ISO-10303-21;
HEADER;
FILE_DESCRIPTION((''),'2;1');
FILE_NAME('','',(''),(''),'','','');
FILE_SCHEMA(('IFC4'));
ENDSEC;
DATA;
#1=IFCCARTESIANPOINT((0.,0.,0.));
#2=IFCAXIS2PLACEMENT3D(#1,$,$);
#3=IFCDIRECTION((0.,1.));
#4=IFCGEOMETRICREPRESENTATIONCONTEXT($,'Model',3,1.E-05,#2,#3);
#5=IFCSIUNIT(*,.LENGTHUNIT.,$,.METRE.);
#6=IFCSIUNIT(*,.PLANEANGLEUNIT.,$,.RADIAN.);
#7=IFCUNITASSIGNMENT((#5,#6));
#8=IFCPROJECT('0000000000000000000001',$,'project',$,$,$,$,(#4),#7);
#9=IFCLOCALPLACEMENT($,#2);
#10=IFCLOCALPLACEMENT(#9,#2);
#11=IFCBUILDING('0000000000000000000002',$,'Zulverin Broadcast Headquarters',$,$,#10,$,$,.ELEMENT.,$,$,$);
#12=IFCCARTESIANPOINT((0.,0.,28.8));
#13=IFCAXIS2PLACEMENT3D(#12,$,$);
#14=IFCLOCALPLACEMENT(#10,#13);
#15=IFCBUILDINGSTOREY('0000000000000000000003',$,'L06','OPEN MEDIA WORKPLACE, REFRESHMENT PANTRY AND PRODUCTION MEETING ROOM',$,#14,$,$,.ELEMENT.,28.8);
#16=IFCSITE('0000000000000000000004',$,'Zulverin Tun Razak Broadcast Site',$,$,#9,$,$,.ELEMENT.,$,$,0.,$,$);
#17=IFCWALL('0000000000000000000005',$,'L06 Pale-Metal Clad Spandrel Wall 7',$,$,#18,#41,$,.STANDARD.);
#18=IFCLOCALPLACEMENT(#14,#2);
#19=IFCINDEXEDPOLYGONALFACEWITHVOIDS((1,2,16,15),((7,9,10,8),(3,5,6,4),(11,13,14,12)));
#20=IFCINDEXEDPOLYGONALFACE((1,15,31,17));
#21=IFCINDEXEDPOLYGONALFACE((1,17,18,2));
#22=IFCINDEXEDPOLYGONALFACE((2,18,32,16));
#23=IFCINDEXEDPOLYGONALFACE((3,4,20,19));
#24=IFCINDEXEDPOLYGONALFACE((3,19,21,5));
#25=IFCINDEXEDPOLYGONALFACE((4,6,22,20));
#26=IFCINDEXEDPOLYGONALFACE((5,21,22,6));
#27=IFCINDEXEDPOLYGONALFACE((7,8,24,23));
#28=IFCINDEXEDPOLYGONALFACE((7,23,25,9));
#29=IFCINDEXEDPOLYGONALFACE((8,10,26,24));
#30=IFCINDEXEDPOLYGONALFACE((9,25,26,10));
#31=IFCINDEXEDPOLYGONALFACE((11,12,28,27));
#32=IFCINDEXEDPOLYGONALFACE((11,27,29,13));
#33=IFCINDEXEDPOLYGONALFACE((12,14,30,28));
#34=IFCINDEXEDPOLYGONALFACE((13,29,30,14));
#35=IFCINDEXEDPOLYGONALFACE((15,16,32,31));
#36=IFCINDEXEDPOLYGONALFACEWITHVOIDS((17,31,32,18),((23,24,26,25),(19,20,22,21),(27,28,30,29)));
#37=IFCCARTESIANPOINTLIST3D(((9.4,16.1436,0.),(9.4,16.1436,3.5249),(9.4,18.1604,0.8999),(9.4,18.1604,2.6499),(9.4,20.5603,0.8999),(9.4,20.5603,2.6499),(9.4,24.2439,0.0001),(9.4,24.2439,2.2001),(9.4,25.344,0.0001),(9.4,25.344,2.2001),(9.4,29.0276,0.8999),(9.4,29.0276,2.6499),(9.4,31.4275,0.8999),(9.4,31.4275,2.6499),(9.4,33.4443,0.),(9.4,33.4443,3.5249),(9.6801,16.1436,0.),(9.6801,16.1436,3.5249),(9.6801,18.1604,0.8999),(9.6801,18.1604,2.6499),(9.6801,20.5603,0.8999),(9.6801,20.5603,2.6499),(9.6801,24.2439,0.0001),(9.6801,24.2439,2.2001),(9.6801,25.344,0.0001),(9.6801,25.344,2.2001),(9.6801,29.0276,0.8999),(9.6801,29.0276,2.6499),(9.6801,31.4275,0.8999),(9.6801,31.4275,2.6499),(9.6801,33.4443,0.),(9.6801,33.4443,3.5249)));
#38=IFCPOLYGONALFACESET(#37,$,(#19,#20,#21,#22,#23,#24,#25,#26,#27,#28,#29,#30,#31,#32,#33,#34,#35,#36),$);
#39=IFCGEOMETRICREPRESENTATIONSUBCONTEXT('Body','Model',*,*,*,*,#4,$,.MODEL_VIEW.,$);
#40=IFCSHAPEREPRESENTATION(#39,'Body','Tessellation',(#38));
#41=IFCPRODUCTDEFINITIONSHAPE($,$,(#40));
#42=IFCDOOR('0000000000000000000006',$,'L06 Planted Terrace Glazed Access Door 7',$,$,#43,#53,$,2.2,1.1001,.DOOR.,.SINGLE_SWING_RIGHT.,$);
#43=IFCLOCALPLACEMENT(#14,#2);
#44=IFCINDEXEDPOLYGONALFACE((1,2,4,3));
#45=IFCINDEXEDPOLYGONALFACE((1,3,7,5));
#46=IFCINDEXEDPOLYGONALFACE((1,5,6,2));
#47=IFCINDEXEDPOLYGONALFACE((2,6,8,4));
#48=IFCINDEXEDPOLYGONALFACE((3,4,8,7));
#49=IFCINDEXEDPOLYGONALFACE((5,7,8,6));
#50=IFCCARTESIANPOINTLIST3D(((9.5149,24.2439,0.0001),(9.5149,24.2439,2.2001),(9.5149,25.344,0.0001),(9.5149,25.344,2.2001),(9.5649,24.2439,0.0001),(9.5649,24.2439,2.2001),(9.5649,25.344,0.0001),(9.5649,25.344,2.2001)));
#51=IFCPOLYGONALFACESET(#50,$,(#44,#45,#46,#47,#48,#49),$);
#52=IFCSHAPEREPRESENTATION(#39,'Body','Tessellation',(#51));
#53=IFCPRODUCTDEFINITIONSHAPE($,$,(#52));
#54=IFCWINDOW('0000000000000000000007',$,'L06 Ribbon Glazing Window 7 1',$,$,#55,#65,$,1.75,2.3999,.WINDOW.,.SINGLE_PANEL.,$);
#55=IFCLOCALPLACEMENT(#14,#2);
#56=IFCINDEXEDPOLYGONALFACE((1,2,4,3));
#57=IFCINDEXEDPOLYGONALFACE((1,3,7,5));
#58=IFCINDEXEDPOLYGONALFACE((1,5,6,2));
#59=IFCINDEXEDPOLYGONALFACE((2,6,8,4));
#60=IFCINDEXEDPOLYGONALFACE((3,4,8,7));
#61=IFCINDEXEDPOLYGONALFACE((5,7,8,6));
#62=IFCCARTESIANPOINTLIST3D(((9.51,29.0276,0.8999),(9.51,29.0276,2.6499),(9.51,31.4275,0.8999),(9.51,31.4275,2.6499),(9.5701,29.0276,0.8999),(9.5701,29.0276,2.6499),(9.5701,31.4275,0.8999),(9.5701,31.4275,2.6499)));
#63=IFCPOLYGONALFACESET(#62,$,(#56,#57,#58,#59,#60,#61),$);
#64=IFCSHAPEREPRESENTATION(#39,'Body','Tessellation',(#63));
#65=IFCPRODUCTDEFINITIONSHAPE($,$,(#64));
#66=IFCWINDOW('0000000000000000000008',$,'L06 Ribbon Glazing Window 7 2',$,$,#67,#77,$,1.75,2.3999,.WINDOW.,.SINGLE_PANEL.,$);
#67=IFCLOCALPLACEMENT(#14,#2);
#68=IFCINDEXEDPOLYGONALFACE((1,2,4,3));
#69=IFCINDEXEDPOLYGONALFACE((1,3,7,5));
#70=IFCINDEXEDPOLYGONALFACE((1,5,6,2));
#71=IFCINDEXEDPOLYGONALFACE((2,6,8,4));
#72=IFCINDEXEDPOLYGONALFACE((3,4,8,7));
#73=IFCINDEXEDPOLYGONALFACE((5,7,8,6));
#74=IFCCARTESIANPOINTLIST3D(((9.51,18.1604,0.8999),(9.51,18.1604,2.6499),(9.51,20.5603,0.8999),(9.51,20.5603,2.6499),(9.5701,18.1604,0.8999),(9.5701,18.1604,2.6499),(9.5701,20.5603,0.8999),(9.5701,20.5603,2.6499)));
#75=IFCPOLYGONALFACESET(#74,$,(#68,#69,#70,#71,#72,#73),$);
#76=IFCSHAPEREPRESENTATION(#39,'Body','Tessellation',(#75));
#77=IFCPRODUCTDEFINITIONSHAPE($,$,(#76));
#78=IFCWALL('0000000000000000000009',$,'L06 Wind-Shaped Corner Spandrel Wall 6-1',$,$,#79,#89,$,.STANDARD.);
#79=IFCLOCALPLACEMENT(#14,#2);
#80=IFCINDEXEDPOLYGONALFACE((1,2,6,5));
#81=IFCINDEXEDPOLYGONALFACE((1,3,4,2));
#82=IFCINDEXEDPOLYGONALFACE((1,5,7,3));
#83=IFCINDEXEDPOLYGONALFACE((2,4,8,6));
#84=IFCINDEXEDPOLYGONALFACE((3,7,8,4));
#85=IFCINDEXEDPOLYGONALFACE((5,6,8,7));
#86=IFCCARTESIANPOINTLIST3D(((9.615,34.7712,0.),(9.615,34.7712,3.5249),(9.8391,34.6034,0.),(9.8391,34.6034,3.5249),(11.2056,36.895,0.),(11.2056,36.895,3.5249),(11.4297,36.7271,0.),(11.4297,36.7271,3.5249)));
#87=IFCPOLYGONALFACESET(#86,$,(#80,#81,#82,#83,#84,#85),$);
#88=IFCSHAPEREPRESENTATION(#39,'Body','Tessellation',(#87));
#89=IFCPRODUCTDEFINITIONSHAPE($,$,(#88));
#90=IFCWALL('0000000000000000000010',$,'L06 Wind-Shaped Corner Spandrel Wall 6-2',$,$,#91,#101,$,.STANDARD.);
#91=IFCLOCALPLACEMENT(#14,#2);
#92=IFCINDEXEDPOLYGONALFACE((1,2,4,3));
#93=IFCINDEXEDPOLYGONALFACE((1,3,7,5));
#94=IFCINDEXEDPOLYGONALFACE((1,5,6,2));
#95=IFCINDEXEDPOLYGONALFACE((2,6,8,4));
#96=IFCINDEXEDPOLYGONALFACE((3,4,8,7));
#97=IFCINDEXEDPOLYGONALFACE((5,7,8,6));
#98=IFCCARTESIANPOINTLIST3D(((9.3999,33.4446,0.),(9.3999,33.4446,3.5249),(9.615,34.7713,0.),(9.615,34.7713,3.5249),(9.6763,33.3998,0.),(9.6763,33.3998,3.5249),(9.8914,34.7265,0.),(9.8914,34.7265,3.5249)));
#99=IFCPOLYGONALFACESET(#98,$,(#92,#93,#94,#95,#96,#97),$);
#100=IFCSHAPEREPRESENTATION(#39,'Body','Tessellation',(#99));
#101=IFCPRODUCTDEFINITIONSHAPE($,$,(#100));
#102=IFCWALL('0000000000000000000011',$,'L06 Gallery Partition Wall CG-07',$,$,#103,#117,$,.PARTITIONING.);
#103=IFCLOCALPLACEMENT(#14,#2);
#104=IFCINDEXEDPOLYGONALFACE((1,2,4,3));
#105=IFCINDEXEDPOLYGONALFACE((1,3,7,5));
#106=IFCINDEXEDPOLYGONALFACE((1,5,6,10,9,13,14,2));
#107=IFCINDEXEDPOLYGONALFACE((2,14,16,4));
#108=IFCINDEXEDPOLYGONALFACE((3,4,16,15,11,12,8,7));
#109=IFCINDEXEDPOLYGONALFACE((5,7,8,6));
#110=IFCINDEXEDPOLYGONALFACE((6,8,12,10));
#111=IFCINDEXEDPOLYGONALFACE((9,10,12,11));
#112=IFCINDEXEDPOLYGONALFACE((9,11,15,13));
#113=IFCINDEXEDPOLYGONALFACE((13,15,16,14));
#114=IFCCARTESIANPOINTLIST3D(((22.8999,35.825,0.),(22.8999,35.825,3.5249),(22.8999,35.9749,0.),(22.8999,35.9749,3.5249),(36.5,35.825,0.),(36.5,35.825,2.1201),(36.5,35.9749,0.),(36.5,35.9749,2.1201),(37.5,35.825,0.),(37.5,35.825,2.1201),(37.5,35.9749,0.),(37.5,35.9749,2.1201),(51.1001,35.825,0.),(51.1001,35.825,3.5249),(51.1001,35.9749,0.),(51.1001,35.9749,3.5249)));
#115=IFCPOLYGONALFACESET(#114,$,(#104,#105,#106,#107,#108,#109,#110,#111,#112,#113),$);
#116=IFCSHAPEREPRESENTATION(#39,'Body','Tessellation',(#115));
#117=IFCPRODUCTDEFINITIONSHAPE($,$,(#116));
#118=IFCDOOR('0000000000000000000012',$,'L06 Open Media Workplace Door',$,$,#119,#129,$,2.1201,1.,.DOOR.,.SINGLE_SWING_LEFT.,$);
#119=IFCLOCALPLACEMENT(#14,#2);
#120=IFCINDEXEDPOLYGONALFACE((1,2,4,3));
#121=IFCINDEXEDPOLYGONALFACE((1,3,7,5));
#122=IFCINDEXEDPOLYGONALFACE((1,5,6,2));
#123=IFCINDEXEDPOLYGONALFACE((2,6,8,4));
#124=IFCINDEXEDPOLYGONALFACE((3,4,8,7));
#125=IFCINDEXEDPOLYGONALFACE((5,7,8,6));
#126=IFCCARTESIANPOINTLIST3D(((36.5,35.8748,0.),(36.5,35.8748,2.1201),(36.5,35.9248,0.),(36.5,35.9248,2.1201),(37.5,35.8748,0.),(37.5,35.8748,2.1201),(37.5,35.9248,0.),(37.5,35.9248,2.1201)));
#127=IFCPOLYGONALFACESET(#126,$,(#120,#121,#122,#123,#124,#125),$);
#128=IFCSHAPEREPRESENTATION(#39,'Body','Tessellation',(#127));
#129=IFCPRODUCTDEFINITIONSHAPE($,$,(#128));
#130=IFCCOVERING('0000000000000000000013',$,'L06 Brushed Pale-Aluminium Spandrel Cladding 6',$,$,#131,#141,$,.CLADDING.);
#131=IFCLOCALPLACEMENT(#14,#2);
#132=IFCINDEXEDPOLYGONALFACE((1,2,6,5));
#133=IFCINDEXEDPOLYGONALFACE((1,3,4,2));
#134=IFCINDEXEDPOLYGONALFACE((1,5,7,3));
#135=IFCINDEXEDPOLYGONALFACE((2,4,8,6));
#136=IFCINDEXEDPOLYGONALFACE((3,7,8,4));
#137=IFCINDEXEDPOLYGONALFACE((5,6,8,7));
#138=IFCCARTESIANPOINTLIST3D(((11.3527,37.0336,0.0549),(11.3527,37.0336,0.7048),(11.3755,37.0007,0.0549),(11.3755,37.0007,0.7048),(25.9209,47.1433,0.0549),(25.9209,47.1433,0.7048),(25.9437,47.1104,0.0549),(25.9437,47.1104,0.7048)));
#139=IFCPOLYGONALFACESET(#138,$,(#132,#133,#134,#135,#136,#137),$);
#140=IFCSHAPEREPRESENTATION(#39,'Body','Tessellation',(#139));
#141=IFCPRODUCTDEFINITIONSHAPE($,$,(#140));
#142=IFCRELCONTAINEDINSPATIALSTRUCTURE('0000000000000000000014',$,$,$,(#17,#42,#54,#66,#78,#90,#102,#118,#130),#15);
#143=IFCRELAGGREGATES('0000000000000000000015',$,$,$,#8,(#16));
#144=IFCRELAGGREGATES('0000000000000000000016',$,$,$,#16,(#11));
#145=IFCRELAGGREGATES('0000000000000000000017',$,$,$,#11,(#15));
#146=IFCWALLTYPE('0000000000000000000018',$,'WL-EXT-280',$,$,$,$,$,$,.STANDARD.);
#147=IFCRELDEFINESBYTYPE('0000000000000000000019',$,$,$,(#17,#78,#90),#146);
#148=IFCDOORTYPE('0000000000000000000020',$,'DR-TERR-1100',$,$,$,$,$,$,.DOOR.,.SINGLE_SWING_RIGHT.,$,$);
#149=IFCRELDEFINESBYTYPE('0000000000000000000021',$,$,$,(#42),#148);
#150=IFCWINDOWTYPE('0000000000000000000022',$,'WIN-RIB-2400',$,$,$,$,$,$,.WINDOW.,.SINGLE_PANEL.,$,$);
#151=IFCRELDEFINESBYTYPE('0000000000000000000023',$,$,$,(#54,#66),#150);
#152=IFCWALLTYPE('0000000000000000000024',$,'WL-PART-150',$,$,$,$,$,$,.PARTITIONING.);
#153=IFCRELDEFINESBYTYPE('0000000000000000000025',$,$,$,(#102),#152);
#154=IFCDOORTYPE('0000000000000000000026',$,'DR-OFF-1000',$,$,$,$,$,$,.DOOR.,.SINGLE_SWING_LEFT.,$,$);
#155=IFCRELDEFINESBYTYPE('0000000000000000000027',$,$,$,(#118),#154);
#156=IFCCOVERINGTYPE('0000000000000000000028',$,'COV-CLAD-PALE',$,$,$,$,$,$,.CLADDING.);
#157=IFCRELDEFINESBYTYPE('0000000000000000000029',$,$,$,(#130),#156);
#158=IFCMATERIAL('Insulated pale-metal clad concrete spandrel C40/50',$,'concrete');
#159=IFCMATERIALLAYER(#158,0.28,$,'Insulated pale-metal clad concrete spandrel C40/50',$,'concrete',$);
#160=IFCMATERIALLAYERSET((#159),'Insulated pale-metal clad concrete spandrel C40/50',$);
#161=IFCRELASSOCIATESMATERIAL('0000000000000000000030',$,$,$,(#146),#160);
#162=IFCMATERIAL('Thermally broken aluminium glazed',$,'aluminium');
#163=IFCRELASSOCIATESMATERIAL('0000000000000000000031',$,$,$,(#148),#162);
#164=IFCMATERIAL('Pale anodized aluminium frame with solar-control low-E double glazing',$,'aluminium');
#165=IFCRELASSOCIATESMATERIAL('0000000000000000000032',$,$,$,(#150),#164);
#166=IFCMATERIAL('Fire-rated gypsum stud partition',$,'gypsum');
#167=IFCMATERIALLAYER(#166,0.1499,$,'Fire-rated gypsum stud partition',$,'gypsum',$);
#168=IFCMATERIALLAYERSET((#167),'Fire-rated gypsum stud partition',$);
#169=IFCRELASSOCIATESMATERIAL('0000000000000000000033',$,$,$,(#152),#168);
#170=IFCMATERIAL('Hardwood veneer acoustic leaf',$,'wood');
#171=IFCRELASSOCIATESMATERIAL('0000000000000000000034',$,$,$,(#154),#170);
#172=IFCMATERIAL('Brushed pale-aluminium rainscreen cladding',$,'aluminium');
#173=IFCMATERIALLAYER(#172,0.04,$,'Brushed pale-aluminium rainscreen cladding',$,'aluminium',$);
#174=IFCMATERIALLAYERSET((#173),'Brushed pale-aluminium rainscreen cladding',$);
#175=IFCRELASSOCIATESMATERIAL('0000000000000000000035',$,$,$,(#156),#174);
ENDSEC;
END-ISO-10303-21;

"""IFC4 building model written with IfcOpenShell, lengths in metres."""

from ifc_helpers import new_model, si_unit, direction, frame, frame_2d, origin, origin_2d, place, context, subcontext, project, spatial, rectangle, extrude, material, layer, layer_set, type_object, element, fill, save


model = new_model("IFC4")

# Units and contexts
model_context = context("Model", 3, precision=1e-05, world=origin(), true_north=direction((0.0, 1.0)))
body_context = subcontext(model_context, "Body", "Model", "MODEL_VIEW")
ifc_project = project(units=[si_unit("LENGTHUNIT", "METRE"), si_unit("PLANEANGLEUNIT", "RADIAN")], contexts=[model_context])

# Site, building, storey
site_placement = place(None, origin())
site = spatial("IfcSite", under=ifc_project, at=site_placement, Name="Zulverin Tun Razak Broadcast Site", CompositionType="ELEMENT", RefElevation=0.0)
building_placement = place(site_placement, origin())
building = spatial("IfcBuilding", under=site, at=building_placement, Name="Zulverin Broadcast Headquarters", CompositionType="ELEMENT")
storey_placement = place(building_placement, frame((0.0, 0.0, 28.8)))
storey = spatial("IfcBuildingStorey", under=building, at=storey_placement, Name="L06", Description="OPEN MEDIA WORKPLACE, REFRESHMENT PANTRY AND PRODUCTION MEETING ROOM", CompositionType="ELEMENT", Elevation=28.8)

# Wall, openings, door, windows
ifc_material_1 = material(Name="Insulated pale-metal clad concrete spandrel C40/50", Category="concrete")
ifc_layer_1 = layer(ifc_material_1, 0.28, Name="Insulated pale-metal clad concrete spandrel C40/50", Category="concrete")
ifc_layer_set_1 = layer_set([ifc_layer_1], Name="Insulated pale-metal clad concrete spandrel C40/50")
wall_type_1 = type_object("IfcWallType", Name="WL-EXT-280", PredefinedType="STANDARD", material=ifc_layer_set_1)
wall_1_placement = place(storey_placement, frame((9.54, 33.4443, 0.0), z_axis=(0.0, 0.0, 1.0), x_axis=(0.0, -1.0, 0.0)))
wall_1 = element("IfcWall", 1, at=wall_1_placement, inside=storey, type_object=wall_type_1, Name="L06 Pale-Metal Clad Spandrel Wall 7", PredefinedType="STANDARD", context=body_context, shape_type="SweptSolid", body=[
    extrude(rectangle(XDim=17.3008, YDim=0.28, at=frame_2d((8.6504, 0.0))), origin(), (0.0, 0.0, 1.0), 3.5249),
])
opening_1_placement = place(wall_1_placement, frame((8.1003, 0.0, 0.0)))
opening_1 = element("IfcOpeningElement", 2, at=opening_1_placement, cuts=wall_1, PredefinedType="OPENING", context=body_context, shape_type="SweptSolid", body=[
    extrude(rectangle(XDim=1.1001, YDim=2.2, at=frame_2d((0.55, 1.1001))), frame((0.0, 0.1499, 0.0), z_axis=(0.0, -1.0, 0.0), x_axis=(1.0, 0.0, 0.0)), (0.0, 0.0, 1.0), 0.3),
])
opening_2_placement = place(wall_1_placement, frame((2.0168, 0.0, 0.8999)))
opening_2 = element("IfcOpeningElement", 3, at=opening_2_placement, cuts=wall_1, PredefinedType="OPENING", context=body_context, shape_type="SweptSolid", body=[
    extrude(rectangle(XDim=2.3999, YDim=1.75, at=frame_2d((1.2, 0.875))), frame((0.0, 0.1499, 0.0), z_axis=(0.0, -1.0, 0.0), x_axis=(1.0, 0.0, 0.0)), (0.0, 0.0, 1.0), 0.3),
])
opening_3_placement = place(wall_1_placement, frame((12.884, 0.0, 0.8999)))
opening_3 = element("IfcOpeningElement", 4, at=opening_3_placement, cuts=wall_1, PredefinedType="OPENING", context=body_context, shape_type="SweptSolid", body=[
    extrude(rectangle(XDim=2.3999, YDim=1.75, at=frame_2d((1.2, 0.875))), frame((0.0, 0.1499, 0.0), z_axis=(0.0, -1.0, 0.0), x_axis=(1.0, 0.0, 0.0)), (0.0, 0.0, 1.0), 0.3),
])
ifc_material_2 = material(Name="Thermally broken aluminium glazed", Category="aluminium")
door_type_1 = type_object("IfcDoorType", Name="DR-TERR-1100", OperationType="SINGLE_SWING_RIGHT", PredefinedType="DOOR", material=ifc_material_2)
door_1_placement = place(opening_1_placement, origin())
door_1 = element("IfcDoor", 5, at=door_1_placement, inside=storey, type_object=door_type_1, Name="L06 Planted Terrace Glazed Access Door 7", OperationType="SINGLE_SWING_RIGHT", OverallHeight=2.2, OverallWidth=1.1001, PredefinedType="DOOR", context=body_context, shape_type="SweptSolid", body=[
    extrude(rectangle(XDim=1.1001, YDim=2.2, at=frame_2d((0.55, 1.1001))), frame((0.0, 0.0249, 0.0), z_axis=(0.0, -1.0, 0.0), x_axis=(1.0, 0.0, 0.0)), (0.0, 0.0, 1.0), 0.05),
])
fill(opening_1, door_1)
ifc_material_3 = material(Name="Pale anodized aluminium frame with solar-control low-E double glazing", Category="aluminium")
window_type = type_object("IfcWindowType", Name="WIN-RIB-2400", PartitioningType="SINGLE_PANEL", PredefinedType="WINDOW", material=ifc_material_3)
window_1_placement = place(opening_2_placement, origin())
window_1 = element("IfcWindow", 6, at=window_1_placement, inside=storey, type_object=window_type, Name="L06 Ribbon Glazing Window 7 1", OverallHeight=1.75, OverallWidth=2.3999, PartitioningType="SINGLE_PANEL", PredefinedType="WINDOW", context=body_context, shape_type="SweptSolid", body=[
    extrude(rectangle(XDim=2.3999, YDim=1.75, at=frame_2d((1.2, 0.875))), frame((0.0, 0.03, 0.0), z_axis=(0.0, -1.0, 0.0), x_axis=(1.0, 0.0, 0.0)), (0.0, 0.0, 1.0), 0.0601),
])
fill(opening_2, window_1)
window_2_placement = place(opening_3_placement, origin())
window_2 = element("IfcWindow", 7, at=window_2_placement, inside=storey, type_object=window_type, Name="L06 Ribbon Glazing Window 7 2", OverallHeight=1.75, OverallWidth=2.3999, PartitioningType="SINGLE_PANEL", PredefinedType="WINDOW", context=body_context, shape_type="SweptSolid", body=[
    extrude(rectangle(XDim=2.3999, YDim=1.75, at=frame_2d((1.2, 0.875))), frame((0.0, 0.03, 0.0), z_axis=(0.0, -1.0, 0.0), x_axis=(1.0, 0.0, 0.0)), (0.0, 0.0, 1.0), 0.0601),
])
fill(opening_3, window_2)

# Walls
wall_2_placement = place(storey_placement, frame((11.3176, 36.811, 0.0), z_axis=(0.0, 0.0, 1.0), x_axis=(-0.599455, -0.800408, 0.0)))
element("IfcWall", 8, at=wall_2_placement, inside=storey, type_object=wall_type_1, Name="L06 Wind-Shaped Corner Spandrel Wall 6-1", PredefinedType="STANDARD", context=body_context, shape_type="SweptSolid", body=[
    extrude(rectangle(XDim=2.6533, YDim=0.28, at=frame_2d((1.3267, 0.0))), origin(), (0.0, 0.0, 1.0), 3.5249),
])
wall_3_placement = place(storey_placement, frame((9.7532, 34.7488, 0.0), z_axis=(0.0, 0.0, 1.0), x_axis=(-0.160038, -0.987111, 0.0)))
element("IfcWall", 9, at=wall_3_placement, inside=storey, type_object=wall_type_1, Name="L06 Wind-Shaped Corner Spandrel Wall 6-2", PredefinedType="STANDARD", context=body_context, shape_type="SweptSolid", body=[
    extrude(rectangle(XDim=1.344, YDim=0.28, at=frame_2d((0.6719, 0.0))), origin(), (0.0, 0.0, 1.0), 3.5249),
])

# Wall, opening, door
ifc_material_4 = material(Name="Fire-rated gypsum stud partition", Category="gypsum")
ifc_layer_2 = layer(ifc_material_4, 0.1499, Name="Fire-rated gypsum stud partition", Category="gypsum")
ifc_layer_set_2 = layer_set([ifc_layer_2], Name="Fire-rated gypsum stud partition")
wall_type_2 = type_object("IfcWallType", Name="WL-PART-150", PredefinedType="PARTITIONING", material=ifc_layer_set_2)
wall_4_placement = place(storey_placement, frame((22.8999, 35.8999, 0.0), z_axis=(0.0, 0.0, 1.0), x_axis=(1.0, 0.0, 0.0)))
wall_4 = element("IfcWall", 10, at=wall_4_placement, inside=storey, type_object=wall_type_2, Name="L06 Gallery Partition Wall CG-07", PredefinedType="PARTITIONING", context=body_context, shape_type="SweptSolid", body=[
    extrude(rectangle(XDim=28.2002, YDim=0.1499, at=frame_2d((14.1001, 0.0))), origin(), (0.0, 0.0, 1.0), 3.5249),
])
opening_4_placement = place(wall_4_placement, frame((13.6001, 0.0, 0.0)))
opening_4 = element("IfcOpeningElement", 11, at=opening_4_placement, cuts=wall_4, PredefinedType="OPENING", context=body_context, shape_type="SweptSolid", body=[
    extrude(rectangle(XDim=1.0, YDim=2.1201, at=frame_2d((0.5, 1.0601))), frame((0.0, 0.085, 0.0), z_axis=(0.0, -1.0, 0.0), x_axis=(1.0, 0.0, 0.0)), (0.0, 0.0, 1.0), 0.1699),
])
ifc_material_5 = material(Name="Hardwood veneer acoustic leaf", Category="wood")
door_type_2 = type_object("IfcDoorType", Name="DR-OFF-1000", OperationType="SINGLE_SWING_LEFT", PredefinedType="DOOR", material=ifc_material_5)
door_2_placement = place(opening_4_placement, origin())
door_2 = element("IfcDoor", 12, at=door_2_placement, inside=storey, type_object=door_type_2, Name="L06 Open Media Workplace Door", OperationType="SINGLE_SWING_LEFT", OverallHeight=2.1201, OverallWidth=1.0, PredefinedType="DOOR", context=body_context, shape_type="SweptSolid", body=[
    extrude(rectangle(XDim=1.0, YDim=2.1201, at=frame_2d((0.5, 1.0601))), frame((0.0, 0.0249, 0.0), z_axis=(0.0, -1.0, 0.0), x_axis=(1.0, 0.0, 0.0)), (0.0, 0.0, 1.0), 0.05),
])
fill(opening_4, door_2)

# Covering
ifc_material_6 = material(Name="Brushed pale-aluminium rainscreen cladding", Category="aluminium")
ifc_layer_3 = layer(ifc_material_6, 0.04, Name="Brushed pale-aluminium rainscreen cladding", Category="aluminium")
ifc_layer_set_3 = layer_set([ifc_layer_3], Name="Brushed pale-aluminium rainscreen cladding")
covering_type = type_object("IfcCoveringType", Name="COV-CLAD-PALE", PredefinedType="CLADDING", material=ifc_layer_set_3)
covering_placement = place(storey_placement, frame((18.6482, 42.072, 0.0549), z_axis=(0.0, 0.0, 1.0), x_axis=(-0.821556, -0.570127, 0.0)))
element("IfcCovering", 13, at=covering_placement, inside=storey, type_object=covering_type, Name="L06 Brushed Pale-Aluminium Spandrel Cladding 6", PredefinedType="CLADDING", context=body_context, shape_type="SweptSolid", body=[
    extrude(rectangle(XDim=17.7324, YDim=0.04, at=origin_2d()), origin(), (0.0, 0.0, 1.0), 0.6499),
])

save(model, "model.ifc")
